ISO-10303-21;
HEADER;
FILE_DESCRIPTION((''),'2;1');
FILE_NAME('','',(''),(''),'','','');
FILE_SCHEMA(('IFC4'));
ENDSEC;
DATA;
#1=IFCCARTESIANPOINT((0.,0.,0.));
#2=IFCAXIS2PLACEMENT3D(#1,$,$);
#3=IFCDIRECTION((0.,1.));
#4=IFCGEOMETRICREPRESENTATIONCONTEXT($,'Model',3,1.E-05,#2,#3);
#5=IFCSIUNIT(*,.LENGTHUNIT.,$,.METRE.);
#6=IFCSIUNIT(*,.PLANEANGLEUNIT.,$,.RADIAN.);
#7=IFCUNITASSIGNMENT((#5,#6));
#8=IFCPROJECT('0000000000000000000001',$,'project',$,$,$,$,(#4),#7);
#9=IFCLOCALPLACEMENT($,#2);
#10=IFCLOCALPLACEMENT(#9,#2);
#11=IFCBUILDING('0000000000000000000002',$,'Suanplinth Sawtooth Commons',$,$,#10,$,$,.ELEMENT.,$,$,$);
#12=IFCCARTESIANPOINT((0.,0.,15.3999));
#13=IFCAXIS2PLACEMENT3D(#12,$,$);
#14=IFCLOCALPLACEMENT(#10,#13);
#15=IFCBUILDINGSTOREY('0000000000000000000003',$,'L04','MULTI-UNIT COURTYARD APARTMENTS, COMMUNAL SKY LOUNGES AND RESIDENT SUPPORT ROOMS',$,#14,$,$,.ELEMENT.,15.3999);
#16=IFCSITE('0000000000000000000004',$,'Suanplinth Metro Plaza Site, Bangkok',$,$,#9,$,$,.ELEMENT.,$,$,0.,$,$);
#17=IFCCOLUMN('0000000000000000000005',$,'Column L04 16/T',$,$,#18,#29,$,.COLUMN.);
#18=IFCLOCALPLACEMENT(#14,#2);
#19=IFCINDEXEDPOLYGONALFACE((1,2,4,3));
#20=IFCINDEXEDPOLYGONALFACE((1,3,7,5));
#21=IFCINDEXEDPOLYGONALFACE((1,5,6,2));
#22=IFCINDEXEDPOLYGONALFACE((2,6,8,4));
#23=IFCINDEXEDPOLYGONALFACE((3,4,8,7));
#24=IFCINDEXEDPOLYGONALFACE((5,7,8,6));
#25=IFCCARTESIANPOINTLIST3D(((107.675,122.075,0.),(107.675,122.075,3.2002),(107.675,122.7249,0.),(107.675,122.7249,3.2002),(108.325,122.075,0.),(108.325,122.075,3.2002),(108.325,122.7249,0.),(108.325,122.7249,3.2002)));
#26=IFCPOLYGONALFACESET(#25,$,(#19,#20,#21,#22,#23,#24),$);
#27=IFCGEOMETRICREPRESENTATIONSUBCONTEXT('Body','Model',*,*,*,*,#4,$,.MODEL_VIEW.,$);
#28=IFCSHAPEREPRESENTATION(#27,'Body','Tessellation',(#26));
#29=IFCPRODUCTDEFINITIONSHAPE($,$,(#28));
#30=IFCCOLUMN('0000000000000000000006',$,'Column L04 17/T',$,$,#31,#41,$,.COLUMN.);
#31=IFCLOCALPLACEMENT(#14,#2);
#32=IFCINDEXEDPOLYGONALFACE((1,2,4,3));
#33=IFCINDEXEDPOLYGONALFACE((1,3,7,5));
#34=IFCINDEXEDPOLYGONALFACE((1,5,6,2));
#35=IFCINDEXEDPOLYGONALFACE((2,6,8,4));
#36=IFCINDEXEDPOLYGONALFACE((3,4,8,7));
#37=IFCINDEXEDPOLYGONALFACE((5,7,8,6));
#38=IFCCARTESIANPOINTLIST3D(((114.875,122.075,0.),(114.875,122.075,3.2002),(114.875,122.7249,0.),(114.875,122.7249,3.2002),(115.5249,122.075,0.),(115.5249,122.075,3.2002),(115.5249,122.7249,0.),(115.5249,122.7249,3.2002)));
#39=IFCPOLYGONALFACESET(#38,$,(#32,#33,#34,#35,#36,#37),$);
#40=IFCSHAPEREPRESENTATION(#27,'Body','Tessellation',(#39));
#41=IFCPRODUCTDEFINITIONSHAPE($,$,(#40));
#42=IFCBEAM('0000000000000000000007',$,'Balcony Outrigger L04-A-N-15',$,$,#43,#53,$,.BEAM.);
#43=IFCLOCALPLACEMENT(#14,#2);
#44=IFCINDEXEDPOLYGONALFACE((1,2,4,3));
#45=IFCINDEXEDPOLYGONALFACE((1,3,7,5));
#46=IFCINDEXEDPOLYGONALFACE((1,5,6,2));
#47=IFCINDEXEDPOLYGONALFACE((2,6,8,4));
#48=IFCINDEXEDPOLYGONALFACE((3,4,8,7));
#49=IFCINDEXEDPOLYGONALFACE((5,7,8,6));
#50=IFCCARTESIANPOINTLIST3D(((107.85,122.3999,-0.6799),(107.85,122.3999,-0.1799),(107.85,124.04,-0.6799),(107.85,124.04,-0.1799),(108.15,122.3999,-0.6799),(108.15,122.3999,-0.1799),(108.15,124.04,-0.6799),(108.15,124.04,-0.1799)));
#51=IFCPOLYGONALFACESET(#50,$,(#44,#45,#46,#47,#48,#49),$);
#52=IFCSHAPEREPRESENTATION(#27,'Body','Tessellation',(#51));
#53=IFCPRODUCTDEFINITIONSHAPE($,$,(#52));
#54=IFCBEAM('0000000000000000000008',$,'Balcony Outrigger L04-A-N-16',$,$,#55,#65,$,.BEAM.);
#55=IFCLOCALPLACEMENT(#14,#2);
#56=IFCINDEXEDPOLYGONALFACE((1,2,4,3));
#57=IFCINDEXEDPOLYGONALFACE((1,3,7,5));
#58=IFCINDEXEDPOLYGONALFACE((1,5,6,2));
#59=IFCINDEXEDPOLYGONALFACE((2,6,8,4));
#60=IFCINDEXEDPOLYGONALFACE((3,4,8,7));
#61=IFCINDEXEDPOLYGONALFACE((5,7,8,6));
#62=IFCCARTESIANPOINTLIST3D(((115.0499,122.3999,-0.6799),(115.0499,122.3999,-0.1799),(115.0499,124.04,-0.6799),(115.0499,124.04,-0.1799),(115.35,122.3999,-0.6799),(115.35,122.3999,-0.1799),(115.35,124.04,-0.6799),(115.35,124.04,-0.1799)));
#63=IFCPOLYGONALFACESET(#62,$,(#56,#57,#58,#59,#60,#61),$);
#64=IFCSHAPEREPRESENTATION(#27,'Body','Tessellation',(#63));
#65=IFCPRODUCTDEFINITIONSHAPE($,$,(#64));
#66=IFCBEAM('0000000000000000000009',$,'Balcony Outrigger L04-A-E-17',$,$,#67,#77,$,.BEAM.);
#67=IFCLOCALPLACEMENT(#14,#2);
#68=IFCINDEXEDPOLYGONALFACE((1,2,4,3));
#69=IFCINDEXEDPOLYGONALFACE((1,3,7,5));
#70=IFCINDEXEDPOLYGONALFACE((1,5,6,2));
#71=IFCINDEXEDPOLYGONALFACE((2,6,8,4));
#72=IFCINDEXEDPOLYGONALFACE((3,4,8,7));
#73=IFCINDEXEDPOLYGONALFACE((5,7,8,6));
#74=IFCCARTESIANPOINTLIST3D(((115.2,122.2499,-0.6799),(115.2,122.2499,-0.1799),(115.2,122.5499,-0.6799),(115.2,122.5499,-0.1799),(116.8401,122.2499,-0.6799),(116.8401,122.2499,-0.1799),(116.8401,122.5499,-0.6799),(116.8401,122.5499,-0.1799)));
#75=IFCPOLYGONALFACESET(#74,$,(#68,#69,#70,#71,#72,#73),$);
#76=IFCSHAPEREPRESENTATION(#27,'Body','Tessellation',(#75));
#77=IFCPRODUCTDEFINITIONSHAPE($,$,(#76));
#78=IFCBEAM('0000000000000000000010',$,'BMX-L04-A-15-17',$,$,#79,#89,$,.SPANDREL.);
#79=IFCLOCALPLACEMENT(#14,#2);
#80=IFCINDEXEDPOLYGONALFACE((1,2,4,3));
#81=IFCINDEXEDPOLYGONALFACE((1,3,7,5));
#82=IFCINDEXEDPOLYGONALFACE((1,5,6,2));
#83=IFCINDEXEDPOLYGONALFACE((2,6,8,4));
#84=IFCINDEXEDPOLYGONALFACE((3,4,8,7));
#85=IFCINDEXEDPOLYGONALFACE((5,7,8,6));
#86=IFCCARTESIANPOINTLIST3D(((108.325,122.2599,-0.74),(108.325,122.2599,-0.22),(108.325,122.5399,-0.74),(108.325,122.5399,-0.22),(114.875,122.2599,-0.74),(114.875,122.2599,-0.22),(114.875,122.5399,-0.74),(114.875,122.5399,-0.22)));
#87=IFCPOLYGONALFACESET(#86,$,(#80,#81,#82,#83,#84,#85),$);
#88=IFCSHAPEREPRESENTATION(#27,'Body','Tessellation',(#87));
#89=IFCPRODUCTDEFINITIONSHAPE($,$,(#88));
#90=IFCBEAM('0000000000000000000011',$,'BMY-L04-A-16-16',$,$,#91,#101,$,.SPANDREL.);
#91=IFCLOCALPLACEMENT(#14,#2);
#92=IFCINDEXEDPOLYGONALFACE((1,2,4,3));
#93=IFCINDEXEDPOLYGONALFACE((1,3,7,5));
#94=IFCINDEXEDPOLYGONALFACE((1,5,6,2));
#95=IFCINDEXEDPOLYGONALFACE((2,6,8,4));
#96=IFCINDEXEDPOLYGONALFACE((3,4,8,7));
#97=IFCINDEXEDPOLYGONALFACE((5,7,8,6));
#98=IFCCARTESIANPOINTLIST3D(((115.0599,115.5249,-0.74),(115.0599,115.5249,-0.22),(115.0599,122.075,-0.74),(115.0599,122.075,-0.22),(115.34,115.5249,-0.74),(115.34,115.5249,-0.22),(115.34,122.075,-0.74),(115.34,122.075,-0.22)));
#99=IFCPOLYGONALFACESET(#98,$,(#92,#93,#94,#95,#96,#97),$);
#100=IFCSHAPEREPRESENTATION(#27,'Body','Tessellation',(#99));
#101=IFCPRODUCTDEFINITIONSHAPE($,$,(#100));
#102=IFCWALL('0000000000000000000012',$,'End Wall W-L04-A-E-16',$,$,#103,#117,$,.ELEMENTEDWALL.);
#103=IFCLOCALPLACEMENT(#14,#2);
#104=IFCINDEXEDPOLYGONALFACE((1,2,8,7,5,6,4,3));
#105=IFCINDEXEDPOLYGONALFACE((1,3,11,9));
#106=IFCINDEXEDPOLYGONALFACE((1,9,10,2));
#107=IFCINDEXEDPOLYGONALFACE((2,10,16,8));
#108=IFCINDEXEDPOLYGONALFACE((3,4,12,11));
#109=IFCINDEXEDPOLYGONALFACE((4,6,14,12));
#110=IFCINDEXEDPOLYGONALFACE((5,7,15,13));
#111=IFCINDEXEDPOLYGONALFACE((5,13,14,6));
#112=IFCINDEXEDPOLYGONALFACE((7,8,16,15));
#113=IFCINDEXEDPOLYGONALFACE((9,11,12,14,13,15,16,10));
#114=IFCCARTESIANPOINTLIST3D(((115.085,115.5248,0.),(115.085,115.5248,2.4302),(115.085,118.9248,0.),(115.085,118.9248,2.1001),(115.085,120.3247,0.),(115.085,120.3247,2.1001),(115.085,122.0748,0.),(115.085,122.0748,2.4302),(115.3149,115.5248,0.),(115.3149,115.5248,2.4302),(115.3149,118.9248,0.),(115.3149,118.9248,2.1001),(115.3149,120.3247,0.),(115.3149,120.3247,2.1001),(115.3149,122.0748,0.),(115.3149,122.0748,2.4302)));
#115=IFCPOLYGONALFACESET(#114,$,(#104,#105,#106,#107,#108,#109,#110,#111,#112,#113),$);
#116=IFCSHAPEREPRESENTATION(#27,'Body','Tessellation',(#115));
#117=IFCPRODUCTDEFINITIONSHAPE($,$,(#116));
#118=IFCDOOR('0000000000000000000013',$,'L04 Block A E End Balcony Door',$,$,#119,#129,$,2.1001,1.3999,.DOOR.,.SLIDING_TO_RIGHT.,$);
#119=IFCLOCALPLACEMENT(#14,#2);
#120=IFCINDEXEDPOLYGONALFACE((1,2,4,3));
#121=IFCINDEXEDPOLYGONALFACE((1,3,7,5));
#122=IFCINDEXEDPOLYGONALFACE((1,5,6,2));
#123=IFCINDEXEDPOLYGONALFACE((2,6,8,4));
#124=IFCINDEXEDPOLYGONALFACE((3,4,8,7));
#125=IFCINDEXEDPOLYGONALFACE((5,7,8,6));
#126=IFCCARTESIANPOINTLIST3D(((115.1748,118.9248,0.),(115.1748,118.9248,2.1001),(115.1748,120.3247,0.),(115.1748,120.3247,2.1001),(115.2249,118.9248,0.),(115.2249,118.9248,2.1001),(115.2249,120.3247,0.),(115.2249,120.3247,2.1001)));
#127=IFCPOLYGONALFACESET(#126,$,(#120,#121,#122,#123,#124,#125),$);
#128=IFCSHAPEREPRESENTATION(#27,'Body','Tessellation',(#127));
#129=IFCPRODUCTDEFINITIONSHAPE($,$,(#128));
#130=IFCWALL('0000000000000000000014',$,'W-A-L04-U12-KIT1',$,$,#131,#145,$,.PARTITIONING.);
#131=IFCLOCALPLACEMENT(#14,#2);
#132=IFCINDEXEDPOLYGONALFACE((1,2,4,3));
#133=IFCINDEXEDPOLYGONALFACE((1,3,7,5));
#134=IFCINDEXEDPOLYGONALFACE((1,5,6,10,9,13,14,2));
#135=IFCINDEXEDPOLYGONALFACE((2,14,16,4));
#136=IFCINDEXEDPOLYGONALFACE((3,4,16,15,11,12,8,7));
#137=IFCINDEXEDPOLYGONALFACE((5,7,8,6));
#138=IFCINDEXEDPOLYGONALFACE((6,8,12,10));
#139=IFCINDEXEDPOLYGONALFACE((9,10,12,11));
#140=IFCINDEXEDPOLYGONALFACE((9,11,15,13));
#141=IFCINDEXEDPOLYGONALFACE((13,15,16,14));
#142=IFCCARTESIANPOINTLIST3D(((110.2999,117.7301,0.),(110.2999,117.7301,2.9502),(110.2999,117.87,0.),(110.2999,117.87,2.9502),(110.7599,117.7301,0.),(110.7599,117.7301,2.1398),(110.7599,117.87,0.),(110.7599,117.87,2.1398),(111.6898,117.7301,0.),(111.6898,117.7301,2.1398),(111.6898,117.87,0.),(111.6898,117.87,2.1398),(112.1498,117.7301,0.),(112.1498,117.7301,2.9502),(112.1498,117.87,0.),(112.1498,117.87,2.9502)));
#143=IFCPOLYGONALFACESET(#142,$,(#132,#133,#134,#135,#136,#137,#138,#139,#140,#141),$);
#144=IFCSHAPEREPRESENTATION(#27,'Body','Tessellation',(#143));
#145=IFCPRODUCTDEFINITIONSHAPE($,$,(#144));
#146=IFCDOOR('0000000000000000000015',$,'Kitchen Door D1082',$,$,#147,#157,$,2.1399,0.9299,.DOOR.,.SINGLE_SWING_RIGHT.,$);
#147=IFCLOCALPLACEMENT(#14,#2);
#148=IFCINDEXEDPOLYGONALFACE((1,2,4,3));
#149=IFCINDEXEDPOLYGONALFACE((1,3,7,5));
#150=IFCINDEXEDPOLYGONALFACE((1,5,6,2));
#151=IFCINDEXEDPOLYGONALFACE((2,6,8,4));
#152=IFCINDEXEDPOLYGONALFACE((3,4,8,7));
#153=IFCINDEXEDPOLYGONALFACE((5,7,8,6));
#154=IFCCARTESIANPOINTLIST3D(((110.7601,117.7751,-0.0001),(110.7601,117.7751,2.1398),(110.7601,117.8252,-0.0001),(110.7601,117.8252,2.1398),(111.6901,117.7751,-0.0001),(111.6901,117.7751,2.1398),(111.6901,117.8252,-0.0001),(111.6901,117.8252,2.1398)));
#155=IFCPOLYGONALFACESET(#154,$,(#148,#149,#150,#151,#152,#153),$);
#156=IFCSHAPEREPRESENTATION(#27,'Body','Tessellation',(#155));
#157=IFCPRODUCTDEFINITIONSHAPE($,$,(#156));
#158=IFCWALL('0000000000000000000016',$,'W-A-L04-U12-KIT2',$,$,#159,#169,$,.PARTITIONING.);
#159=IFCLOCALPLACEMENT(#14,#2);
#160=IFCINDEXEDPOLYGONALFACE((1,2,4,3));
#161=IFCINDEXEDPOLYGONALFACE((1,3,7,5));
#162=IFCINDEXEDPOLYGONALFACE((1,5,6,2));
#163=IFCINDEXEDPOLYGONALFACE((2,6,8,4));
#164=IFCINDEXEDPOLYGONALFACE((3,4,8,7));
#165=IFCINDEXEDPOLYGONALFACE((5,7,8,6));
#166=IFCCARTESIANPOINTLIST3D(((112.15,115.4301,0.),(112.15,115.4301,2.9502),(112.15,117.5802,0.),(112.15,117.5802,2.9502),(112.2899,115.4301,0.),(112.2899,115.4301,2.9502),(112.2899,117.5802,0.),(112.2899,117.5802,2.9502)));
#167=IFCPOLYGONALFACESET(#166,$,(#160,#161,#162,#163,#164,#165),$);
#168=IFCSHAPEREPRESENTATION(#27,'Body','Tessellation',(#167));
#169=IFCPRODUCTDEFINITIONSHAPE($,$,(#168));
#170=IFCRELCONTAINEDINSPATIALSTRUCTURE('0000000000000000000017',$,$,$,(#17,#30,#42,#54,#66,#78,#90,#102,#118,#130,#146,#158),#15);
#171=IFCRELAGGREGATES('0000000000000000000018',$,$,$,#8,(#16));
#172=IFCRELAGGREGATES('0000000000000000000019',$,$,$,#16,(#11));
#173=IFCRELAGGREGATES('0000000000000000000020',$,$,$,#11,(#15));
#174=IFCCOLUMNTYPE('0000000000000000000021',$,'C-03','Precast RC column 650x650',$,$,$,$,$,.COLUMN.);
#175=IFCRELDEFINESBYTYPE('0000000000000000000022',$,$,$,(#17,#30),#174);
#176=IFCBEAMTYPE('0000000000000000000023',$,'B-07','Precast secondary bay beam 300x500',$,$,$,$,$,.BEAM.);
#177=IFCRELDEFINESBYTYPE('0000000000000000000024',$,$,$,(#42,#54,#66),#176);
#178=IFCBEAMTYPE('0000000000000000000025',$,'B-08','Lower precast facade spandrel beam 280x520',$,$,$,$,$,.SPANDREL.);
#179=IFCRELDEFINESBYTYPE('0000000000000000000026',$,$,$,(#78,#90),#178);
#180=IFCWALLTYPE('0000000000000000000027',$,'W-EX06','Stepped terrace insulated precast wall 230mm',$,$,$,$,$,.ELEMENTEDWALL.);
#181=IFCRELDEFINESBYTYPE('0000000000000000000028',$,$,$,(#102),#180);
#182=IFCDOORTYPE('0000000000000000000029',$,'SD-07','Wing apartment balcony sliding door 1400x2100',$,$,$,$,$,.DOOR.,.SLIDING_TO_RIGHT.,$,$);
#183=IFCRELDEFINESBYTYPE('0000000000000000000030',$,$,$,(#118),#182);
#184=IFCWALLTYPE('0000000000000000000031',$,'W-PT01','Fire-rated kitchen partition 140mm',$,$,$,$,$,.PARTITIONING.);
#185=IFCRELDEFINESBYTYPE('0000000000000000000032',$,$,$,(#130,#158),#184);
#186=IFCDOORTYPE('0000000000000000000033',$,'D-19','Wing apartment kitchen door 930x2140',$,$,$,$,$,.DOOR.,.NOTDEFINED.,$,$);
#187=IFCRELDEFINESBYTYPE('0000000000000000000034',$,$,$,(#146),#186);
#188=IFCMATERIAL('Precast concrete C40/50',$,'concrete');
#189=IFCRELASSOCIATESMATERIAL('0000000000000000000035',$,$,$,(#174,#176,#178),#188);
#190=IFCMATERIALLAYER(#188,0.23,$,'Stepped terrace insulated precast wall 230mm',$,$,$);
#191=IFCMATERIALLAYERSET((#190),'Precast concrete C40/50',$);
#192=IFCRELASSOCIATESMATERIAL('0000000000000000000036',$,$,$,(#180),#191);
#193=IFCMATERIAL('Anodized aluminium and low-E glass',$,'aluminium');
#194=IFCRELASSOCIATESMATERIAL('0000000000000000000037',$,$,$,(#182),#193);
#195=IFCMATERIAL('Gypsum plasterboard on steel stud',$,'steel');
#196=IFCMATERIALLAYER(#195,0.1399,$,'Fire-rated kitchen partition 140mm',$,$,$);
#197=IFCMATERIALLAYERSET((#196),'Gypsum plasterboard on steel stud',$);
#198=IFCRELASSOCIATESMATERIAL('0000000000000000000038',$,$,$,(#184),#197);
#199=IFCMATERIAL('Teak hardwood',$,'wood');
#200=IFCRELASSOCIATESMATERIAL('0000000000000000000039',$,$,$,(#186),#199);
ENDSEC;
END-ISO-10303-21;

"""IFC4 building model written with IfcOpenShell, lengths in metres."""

from ifc_helpers import new_model, si_unit, direction, frame, frame_2d, origin, origin_2d, place, context, subcontext, project, spatial, rectangle, extrude, material, layer, layer_set, material_profile, profile_set, type_object, element, fill, save


model = new_model("IFC4")

# Units and contexts
model_context = context("Model", 3, precision=1e-05, world=origin(), true_north=direction((0.0, 1.0)))
body_context = subcontext(model_context, "Body", "Model", "MODEL_VIEW")
ifc_project = project(units=[si_unit("LENGTHUNIT", "METRE"), si_unit("PLANEANGLEUNIT", "RADIAN")], contexts=[model_context])

# Site, building, storey
site_placement = place(None, origin())
site = spatial("IfcSite", under=ifc_project, at=site_placement, Name="Suanplinth Metro Plaza Site, Bangkok", CompositionType="ELEMENT", RefElevation=0.0)
building_placement = place(site_placement, origin())
building = spatial("IfcBuilding", under=site, at=building_placement, Name="Suanplinth Sawtooth Commons", CompositionType="ELEMENT")
storey_placement = place(building_placement, frame((0.0, 0.0, 15.3999)))
storey = spatial("IfcBuildingStorey", under=building, at=storey_placement, Name="L04", Description="MULTI-UNIT COURTYARD APARTMENTS, COMMUNAL SKY LOUNGES AND RESIDENT SUPPORT ROOMS", CompositionType="ELEMENT", Elevation=15.3999)

# Columns
ifc_material_1 = material(Name="Precast concrete C40/50", Category="concrete")
ifc_material_profile_1 = material_profile(ifc_material_1, rectangle(XDim=0.6499, YDim=0.6499, at=origin_2d()), Name="PC-COL 650x650")
ifc_profile_set_1 = profile_set([ifc_material_profile_1], Name="Precast concrete C40/50")
column_type = type_object("IfcColumnType", Name="C-03", Description="Precast RC column 650x650", PredefinedType="COLUMN", material=ifc_profile_set_1)
for number, where, z_axis, x_axis, name in (
    (1, (108.0, 122.3999, 0.0), (0.0, 0.0, 1.0), (1.0, 0.0, 0.0), "Column L04 16/T"),
    (2, (115.2, 122.3999, 0.0), (0.0, 0.0, 1.0), (1.0, 0.0, 0.0), "Column L04 17/T"),
):
    element("IfcColumn", number, at=place(storey_placement, frame(where, z_axis=z_axis, x_axis=x_axis)), inside=storey, type_object=column_type, Name=name, PredefinedType="COLUMN", context=body_context, shape_type="SweptSolid", body=[
        extrude(rectangle(XDim=0.6499, YDim=0.6499, at=origin_2d()), origin(), (0.0, 0.0, 1.0), 3.2002),
    ])

# Beams
ifc_material_profile_2 = material_profile(ifc_material_1, rectangle(XDim=0.3, YDim=0.5, at=origin_2d()), Name="PC-BM 300x500")
ifc_profile_set_2 = profile_set([ifc_material_profile_2], Name="Precast concrete C40/50")
beam_type_1 = type_object("IfcBeamType", Name="B-07", Description="Precast secondary bay beam 300x500", PredefinedType="BEAM", material=ifc_profile_set_2)
for number, where, z_axis, x_axis, name in (
    (3, (108.0, 122.3999, -0.4299), (0.0, 1.0, 0.0), (-1.0, 0.0, 0.0), "Balcony Outrigger L04-A-N-15"),
    (4, (115.2, 122.3999, -0.4299), (0.0, 1.0, 0.0), (-1.0, 0.0, 0.0), "Balcony Outrigger L04-A-N-16"),
    (5, (115.2, 122.3999, -0.4299), (1.0, 0.0, 0.0), (0.0, 1.0, 0.0), "Balcony Outrigger L04-A-E-17"),
):
    element("IfcBeam", number, at=place(storey_placement, frame(where, z_axis=z_axis, x_axis=x_axis)), inside=storey, type_object=beam_type_1, Name=name, PredefinedType="BEAM", context=body_context, shape_type="SweptSolid", body=[
        extrude(rectangle(XDim=0.3, YDim=0.5, at=origin_2d()), origin(), (0.0, 0.0, 1.0), 1.6401),
    ])
ifc_material_profile_3 = material_profile(ifc_material_1, rectangle(XDim=0.28, YDim=0.52, at=origin_2d()), Name="PC-SP 280x520")
ifc_profile_set_3 = profile_set([ifc_material_profile_3], Name="Precast concrete C40/50")
beam_type_2 = type_object("IfcBeamType", Name="B-08", Description="Lower precast facade spandrel beam 280x520", PredefinedType="SPANDREL", material=ifc_profile_set_3)
for number, where, z_axis, x_axis, name in (
    (6, (108.325, 122.3999, -0.48), (1.0, 0.0, 0.0), (0.0, 1.0, 0.0), "BMX-L04-A-15-17"),
    (7, (115.2, 115.5249, -0.48), (0.0, 1.0, 0.0), (-1.0, 0.0, 0.0), "BMY-L04-A-16-16"),
):
    element("IfcBeam", number, at=place(storey_placement, frame(where, z_axis=z_axis, x_axis=x_axis)), inside=storey, type_object=beam_type_2, Name=name, PredefinedType="SPANDREL", context=body_context, shape_type="SweptSolid", body=[
        extrude(rectangle(XDim=0.28, YDim=0.52, at=origin_2d()), origin(), (0.0, 0.0, 1.0), 6.55),
    ])

# Shared definitions
ifc_material_2 = material(Name="Anodized aluminium and low-E glass", Category="aluminium")

# Walls, openings, doors
ifc_layer_1 = layer(ifc_material_1, 0.23, Name="Stepped terrace insulated precast wall 230mm")
ifc_layer_set_1 = layer_set([ifc_layer_1], Name="Precast concrete C40/50")
wall_type_1 = type_object("IfcWallType", Name="W-EX06", Description="Stepped terrace insulated precast wall 230mm", PredefinedType="ELEMENTEDWALL", material=ifc_layer_set_1)
wall_1_placement = place(storey_placement, frame((115.2, 115.5249, 0.0), z_axis=(0.0, 0.0, 1.0), x_axis=(0.0, 1.0, 0.0)))
wall_1 = element("IfcWall", 8, at=wall_1_placement, inside=storey, type_object=wall_type_1, Name="End Wall W-L04-A-E-16", PredefinedType="ELEMENTEDWALL", context=body_context, shape_type="SweptSolid", body=[
    extrude(rectangle(XDim=6.55, YDim=0.23, at=frame_2d((3.2749, 0.0))), origin(), (0.0, 0.0, 1.0), 2.4302),
])
opening_1_placement = place(wall_1_placement, frame((3.3999, 0.0, 0.0)))
opening_1 = element("IfcOpeningElement", 9, at=opening_1_placement, cuts=wall_1, PredefinedType="OPENING", context=body_context, shape_type="SweptSolid", body=[
    extrude(rectangle(XDim=1.3999, YDim=2.1001, at=frame_2d((0.7, 1.05))), frame((0.0, 0.1299, 0.0), z_axis=(0.0, -1.0, 0.0), x_axis=(1.0, 0.0, 0.0)), (0.0, 0.0, 1.0), 0.2598),
])
door_type_1 = type_object("IfcDoorType", Name="SD-07", Description="Wing apartment balcony sliding door 1400x2100", OperationType="SLIDING_TO_RIGHT", PredefinedType="DOOR", material=ifc_material_2)
door_1_placement = place(opening_1_placement, frame((1.3999, 0.0, 0.0), z_axis=(0.0, 0.0, 1.0), x_axis=(-1.0, 0.0, 0.0)))
door_1 = element("IfcDoor", 10, at=door_1_placement, inside=storey, type_object=door_type_1, Name="L04 Block A E End Balcony Door", OperationType="SLIDING_TO_RIGHT", OverallHeight=2.1001, OverallWidth=1.3999, PredefinedType="DOOR", context=body_context, shape_type="SweptSolid", body=[
    extrude(rectangle(XDim=1.3999, YDim=2.1001, at=frame_2d((0.7, 1.05))), frame((0.0, 0.0249, 0.0), z_axis=(0.0, -1.0, 0.0), x_axis=(1.0, 0.0, 0.0)), (0.0, 0.0, 1.0), 0.05),
])
fill(opening_1, door_1)
ifc_material_3 = material(Name="Gypsum plasterboard on steel stud", Category="steel")
ifc_layer_2 = layer(ifc_material_3, 0.1399, Name="Fire-rated kitchen partition 140mm")
ifc_layer_set_2 = layer_set([ifc_layer_2], Name="Gypsum plasterboard on steel stud")
wall_type_2 = type_object("IfcWallType", Name="W-PT01", Description="Fire-rated kitchen partition 140mm", PredefinedType="PARTITIONING", material=ifc_layer_set_2)
wall_2_placement = place(storey_placement, frame((110.3, 117.8, 0.0), z_axis=(0.0, 0.0, 1.0), x_axis=(1.0, 0.0, 0.0)))
wall_2 = element("IfcWall", 11, at=wall_2_placement, inside=storey, type_object=wall_type_2, Name="W-A-L04-U12-KIT1", PredefinedType="PARTITIONING", context=body_context, shape_type="SweptSolid", body=[
    extrude(rectangle(XDim=1.8499, YDim=0.1399, at=frame_2d((0.9248, 0.0))), origin(), (0.0, 0.0, 1.0), 2.9502),
])
opening_2_placement = place(wall_2_placement, frame((0.46, 0.0, 0.0)))
opening_2 = element("IfcOpeningElement", 12, at=opening_2_placement, cuts=wall_2, PredefinedType="OPENING", context=body_context, shape_type="SweptSolid", body=[
    extrude(rectangle(XDim=0.9299, YDim=2.1399, at=frame_2d((0.4648, 1.0698))), frame((0.0, 0.085, 0.0), z_axis=(0.0, -1.0, 0.0), x_axis=(1.0, 0.0, 0.0)), (0.0, 0.0, 1.0), 0.1697),
])
ifc_material_4 = material(Name="Teak hardwood", Category="wood")
door_type_2 = type_object("IfcDoorType", Name="D-19", Description="Wing apartment kitchen door 930x2140", OperationType="NOTDEFINED", PredefinedType="DOOR", material=ifc_material_4)
door_2_placement = place(opening_2_placement, frame((0.9299, 0.0, 0.0), z_axis=(0.0, 0.0, 1.0), x_axis=(-1.0, 0.0, 0.0)))
door_2 = element("IfcDoor", 13, at=door_2_placement, inside=storey, type_object=door_type_2, Name="Kitchen Door D1082", OperationType="SINGLE_SWING_RIGHT", OverallHeight=2.1399, OverallWidth=0.9299, PredefinedType="DOOR", context=body_context, shape_type="SweptSolid", body=[
    extrude(rectangle(XDim=0.9299, YDim=2.1399, at=frame_2d((0.4648, 1.0698))), frame((0.0, 0.0249, 0.0), z_axis=(0.0, -1.0, 0.0), x_axis=(1.0, 0.0, 0.0)), (0.0, 0.0, 1.0), 0.05),
])
fill(opening_2, door_2)

# Wall
wall_3_placement = place(storey_placement, frame((112.22, 115.4299, 0.0), z_axis=(0.0, 0.0, 1.0), x_axis=(0.0, 1.0, 0.0)))
element("IfcWall", 14, at=wall_3_placement, inside=storey, type_object=wall_type_2, Name="W-A-L04-U12-KIT2", PredefinedType="PARTITIONING", context=body_context, shape_type="SweptSolid", body=[
    extrude(rectangle(XDim=2.1501, YDim=0.1399, at=frame_2d((1.0752, 0.0))), origin(), (0.0, 0.0, 1.0), 2.9502),
])

save(model, "model.ifc")
